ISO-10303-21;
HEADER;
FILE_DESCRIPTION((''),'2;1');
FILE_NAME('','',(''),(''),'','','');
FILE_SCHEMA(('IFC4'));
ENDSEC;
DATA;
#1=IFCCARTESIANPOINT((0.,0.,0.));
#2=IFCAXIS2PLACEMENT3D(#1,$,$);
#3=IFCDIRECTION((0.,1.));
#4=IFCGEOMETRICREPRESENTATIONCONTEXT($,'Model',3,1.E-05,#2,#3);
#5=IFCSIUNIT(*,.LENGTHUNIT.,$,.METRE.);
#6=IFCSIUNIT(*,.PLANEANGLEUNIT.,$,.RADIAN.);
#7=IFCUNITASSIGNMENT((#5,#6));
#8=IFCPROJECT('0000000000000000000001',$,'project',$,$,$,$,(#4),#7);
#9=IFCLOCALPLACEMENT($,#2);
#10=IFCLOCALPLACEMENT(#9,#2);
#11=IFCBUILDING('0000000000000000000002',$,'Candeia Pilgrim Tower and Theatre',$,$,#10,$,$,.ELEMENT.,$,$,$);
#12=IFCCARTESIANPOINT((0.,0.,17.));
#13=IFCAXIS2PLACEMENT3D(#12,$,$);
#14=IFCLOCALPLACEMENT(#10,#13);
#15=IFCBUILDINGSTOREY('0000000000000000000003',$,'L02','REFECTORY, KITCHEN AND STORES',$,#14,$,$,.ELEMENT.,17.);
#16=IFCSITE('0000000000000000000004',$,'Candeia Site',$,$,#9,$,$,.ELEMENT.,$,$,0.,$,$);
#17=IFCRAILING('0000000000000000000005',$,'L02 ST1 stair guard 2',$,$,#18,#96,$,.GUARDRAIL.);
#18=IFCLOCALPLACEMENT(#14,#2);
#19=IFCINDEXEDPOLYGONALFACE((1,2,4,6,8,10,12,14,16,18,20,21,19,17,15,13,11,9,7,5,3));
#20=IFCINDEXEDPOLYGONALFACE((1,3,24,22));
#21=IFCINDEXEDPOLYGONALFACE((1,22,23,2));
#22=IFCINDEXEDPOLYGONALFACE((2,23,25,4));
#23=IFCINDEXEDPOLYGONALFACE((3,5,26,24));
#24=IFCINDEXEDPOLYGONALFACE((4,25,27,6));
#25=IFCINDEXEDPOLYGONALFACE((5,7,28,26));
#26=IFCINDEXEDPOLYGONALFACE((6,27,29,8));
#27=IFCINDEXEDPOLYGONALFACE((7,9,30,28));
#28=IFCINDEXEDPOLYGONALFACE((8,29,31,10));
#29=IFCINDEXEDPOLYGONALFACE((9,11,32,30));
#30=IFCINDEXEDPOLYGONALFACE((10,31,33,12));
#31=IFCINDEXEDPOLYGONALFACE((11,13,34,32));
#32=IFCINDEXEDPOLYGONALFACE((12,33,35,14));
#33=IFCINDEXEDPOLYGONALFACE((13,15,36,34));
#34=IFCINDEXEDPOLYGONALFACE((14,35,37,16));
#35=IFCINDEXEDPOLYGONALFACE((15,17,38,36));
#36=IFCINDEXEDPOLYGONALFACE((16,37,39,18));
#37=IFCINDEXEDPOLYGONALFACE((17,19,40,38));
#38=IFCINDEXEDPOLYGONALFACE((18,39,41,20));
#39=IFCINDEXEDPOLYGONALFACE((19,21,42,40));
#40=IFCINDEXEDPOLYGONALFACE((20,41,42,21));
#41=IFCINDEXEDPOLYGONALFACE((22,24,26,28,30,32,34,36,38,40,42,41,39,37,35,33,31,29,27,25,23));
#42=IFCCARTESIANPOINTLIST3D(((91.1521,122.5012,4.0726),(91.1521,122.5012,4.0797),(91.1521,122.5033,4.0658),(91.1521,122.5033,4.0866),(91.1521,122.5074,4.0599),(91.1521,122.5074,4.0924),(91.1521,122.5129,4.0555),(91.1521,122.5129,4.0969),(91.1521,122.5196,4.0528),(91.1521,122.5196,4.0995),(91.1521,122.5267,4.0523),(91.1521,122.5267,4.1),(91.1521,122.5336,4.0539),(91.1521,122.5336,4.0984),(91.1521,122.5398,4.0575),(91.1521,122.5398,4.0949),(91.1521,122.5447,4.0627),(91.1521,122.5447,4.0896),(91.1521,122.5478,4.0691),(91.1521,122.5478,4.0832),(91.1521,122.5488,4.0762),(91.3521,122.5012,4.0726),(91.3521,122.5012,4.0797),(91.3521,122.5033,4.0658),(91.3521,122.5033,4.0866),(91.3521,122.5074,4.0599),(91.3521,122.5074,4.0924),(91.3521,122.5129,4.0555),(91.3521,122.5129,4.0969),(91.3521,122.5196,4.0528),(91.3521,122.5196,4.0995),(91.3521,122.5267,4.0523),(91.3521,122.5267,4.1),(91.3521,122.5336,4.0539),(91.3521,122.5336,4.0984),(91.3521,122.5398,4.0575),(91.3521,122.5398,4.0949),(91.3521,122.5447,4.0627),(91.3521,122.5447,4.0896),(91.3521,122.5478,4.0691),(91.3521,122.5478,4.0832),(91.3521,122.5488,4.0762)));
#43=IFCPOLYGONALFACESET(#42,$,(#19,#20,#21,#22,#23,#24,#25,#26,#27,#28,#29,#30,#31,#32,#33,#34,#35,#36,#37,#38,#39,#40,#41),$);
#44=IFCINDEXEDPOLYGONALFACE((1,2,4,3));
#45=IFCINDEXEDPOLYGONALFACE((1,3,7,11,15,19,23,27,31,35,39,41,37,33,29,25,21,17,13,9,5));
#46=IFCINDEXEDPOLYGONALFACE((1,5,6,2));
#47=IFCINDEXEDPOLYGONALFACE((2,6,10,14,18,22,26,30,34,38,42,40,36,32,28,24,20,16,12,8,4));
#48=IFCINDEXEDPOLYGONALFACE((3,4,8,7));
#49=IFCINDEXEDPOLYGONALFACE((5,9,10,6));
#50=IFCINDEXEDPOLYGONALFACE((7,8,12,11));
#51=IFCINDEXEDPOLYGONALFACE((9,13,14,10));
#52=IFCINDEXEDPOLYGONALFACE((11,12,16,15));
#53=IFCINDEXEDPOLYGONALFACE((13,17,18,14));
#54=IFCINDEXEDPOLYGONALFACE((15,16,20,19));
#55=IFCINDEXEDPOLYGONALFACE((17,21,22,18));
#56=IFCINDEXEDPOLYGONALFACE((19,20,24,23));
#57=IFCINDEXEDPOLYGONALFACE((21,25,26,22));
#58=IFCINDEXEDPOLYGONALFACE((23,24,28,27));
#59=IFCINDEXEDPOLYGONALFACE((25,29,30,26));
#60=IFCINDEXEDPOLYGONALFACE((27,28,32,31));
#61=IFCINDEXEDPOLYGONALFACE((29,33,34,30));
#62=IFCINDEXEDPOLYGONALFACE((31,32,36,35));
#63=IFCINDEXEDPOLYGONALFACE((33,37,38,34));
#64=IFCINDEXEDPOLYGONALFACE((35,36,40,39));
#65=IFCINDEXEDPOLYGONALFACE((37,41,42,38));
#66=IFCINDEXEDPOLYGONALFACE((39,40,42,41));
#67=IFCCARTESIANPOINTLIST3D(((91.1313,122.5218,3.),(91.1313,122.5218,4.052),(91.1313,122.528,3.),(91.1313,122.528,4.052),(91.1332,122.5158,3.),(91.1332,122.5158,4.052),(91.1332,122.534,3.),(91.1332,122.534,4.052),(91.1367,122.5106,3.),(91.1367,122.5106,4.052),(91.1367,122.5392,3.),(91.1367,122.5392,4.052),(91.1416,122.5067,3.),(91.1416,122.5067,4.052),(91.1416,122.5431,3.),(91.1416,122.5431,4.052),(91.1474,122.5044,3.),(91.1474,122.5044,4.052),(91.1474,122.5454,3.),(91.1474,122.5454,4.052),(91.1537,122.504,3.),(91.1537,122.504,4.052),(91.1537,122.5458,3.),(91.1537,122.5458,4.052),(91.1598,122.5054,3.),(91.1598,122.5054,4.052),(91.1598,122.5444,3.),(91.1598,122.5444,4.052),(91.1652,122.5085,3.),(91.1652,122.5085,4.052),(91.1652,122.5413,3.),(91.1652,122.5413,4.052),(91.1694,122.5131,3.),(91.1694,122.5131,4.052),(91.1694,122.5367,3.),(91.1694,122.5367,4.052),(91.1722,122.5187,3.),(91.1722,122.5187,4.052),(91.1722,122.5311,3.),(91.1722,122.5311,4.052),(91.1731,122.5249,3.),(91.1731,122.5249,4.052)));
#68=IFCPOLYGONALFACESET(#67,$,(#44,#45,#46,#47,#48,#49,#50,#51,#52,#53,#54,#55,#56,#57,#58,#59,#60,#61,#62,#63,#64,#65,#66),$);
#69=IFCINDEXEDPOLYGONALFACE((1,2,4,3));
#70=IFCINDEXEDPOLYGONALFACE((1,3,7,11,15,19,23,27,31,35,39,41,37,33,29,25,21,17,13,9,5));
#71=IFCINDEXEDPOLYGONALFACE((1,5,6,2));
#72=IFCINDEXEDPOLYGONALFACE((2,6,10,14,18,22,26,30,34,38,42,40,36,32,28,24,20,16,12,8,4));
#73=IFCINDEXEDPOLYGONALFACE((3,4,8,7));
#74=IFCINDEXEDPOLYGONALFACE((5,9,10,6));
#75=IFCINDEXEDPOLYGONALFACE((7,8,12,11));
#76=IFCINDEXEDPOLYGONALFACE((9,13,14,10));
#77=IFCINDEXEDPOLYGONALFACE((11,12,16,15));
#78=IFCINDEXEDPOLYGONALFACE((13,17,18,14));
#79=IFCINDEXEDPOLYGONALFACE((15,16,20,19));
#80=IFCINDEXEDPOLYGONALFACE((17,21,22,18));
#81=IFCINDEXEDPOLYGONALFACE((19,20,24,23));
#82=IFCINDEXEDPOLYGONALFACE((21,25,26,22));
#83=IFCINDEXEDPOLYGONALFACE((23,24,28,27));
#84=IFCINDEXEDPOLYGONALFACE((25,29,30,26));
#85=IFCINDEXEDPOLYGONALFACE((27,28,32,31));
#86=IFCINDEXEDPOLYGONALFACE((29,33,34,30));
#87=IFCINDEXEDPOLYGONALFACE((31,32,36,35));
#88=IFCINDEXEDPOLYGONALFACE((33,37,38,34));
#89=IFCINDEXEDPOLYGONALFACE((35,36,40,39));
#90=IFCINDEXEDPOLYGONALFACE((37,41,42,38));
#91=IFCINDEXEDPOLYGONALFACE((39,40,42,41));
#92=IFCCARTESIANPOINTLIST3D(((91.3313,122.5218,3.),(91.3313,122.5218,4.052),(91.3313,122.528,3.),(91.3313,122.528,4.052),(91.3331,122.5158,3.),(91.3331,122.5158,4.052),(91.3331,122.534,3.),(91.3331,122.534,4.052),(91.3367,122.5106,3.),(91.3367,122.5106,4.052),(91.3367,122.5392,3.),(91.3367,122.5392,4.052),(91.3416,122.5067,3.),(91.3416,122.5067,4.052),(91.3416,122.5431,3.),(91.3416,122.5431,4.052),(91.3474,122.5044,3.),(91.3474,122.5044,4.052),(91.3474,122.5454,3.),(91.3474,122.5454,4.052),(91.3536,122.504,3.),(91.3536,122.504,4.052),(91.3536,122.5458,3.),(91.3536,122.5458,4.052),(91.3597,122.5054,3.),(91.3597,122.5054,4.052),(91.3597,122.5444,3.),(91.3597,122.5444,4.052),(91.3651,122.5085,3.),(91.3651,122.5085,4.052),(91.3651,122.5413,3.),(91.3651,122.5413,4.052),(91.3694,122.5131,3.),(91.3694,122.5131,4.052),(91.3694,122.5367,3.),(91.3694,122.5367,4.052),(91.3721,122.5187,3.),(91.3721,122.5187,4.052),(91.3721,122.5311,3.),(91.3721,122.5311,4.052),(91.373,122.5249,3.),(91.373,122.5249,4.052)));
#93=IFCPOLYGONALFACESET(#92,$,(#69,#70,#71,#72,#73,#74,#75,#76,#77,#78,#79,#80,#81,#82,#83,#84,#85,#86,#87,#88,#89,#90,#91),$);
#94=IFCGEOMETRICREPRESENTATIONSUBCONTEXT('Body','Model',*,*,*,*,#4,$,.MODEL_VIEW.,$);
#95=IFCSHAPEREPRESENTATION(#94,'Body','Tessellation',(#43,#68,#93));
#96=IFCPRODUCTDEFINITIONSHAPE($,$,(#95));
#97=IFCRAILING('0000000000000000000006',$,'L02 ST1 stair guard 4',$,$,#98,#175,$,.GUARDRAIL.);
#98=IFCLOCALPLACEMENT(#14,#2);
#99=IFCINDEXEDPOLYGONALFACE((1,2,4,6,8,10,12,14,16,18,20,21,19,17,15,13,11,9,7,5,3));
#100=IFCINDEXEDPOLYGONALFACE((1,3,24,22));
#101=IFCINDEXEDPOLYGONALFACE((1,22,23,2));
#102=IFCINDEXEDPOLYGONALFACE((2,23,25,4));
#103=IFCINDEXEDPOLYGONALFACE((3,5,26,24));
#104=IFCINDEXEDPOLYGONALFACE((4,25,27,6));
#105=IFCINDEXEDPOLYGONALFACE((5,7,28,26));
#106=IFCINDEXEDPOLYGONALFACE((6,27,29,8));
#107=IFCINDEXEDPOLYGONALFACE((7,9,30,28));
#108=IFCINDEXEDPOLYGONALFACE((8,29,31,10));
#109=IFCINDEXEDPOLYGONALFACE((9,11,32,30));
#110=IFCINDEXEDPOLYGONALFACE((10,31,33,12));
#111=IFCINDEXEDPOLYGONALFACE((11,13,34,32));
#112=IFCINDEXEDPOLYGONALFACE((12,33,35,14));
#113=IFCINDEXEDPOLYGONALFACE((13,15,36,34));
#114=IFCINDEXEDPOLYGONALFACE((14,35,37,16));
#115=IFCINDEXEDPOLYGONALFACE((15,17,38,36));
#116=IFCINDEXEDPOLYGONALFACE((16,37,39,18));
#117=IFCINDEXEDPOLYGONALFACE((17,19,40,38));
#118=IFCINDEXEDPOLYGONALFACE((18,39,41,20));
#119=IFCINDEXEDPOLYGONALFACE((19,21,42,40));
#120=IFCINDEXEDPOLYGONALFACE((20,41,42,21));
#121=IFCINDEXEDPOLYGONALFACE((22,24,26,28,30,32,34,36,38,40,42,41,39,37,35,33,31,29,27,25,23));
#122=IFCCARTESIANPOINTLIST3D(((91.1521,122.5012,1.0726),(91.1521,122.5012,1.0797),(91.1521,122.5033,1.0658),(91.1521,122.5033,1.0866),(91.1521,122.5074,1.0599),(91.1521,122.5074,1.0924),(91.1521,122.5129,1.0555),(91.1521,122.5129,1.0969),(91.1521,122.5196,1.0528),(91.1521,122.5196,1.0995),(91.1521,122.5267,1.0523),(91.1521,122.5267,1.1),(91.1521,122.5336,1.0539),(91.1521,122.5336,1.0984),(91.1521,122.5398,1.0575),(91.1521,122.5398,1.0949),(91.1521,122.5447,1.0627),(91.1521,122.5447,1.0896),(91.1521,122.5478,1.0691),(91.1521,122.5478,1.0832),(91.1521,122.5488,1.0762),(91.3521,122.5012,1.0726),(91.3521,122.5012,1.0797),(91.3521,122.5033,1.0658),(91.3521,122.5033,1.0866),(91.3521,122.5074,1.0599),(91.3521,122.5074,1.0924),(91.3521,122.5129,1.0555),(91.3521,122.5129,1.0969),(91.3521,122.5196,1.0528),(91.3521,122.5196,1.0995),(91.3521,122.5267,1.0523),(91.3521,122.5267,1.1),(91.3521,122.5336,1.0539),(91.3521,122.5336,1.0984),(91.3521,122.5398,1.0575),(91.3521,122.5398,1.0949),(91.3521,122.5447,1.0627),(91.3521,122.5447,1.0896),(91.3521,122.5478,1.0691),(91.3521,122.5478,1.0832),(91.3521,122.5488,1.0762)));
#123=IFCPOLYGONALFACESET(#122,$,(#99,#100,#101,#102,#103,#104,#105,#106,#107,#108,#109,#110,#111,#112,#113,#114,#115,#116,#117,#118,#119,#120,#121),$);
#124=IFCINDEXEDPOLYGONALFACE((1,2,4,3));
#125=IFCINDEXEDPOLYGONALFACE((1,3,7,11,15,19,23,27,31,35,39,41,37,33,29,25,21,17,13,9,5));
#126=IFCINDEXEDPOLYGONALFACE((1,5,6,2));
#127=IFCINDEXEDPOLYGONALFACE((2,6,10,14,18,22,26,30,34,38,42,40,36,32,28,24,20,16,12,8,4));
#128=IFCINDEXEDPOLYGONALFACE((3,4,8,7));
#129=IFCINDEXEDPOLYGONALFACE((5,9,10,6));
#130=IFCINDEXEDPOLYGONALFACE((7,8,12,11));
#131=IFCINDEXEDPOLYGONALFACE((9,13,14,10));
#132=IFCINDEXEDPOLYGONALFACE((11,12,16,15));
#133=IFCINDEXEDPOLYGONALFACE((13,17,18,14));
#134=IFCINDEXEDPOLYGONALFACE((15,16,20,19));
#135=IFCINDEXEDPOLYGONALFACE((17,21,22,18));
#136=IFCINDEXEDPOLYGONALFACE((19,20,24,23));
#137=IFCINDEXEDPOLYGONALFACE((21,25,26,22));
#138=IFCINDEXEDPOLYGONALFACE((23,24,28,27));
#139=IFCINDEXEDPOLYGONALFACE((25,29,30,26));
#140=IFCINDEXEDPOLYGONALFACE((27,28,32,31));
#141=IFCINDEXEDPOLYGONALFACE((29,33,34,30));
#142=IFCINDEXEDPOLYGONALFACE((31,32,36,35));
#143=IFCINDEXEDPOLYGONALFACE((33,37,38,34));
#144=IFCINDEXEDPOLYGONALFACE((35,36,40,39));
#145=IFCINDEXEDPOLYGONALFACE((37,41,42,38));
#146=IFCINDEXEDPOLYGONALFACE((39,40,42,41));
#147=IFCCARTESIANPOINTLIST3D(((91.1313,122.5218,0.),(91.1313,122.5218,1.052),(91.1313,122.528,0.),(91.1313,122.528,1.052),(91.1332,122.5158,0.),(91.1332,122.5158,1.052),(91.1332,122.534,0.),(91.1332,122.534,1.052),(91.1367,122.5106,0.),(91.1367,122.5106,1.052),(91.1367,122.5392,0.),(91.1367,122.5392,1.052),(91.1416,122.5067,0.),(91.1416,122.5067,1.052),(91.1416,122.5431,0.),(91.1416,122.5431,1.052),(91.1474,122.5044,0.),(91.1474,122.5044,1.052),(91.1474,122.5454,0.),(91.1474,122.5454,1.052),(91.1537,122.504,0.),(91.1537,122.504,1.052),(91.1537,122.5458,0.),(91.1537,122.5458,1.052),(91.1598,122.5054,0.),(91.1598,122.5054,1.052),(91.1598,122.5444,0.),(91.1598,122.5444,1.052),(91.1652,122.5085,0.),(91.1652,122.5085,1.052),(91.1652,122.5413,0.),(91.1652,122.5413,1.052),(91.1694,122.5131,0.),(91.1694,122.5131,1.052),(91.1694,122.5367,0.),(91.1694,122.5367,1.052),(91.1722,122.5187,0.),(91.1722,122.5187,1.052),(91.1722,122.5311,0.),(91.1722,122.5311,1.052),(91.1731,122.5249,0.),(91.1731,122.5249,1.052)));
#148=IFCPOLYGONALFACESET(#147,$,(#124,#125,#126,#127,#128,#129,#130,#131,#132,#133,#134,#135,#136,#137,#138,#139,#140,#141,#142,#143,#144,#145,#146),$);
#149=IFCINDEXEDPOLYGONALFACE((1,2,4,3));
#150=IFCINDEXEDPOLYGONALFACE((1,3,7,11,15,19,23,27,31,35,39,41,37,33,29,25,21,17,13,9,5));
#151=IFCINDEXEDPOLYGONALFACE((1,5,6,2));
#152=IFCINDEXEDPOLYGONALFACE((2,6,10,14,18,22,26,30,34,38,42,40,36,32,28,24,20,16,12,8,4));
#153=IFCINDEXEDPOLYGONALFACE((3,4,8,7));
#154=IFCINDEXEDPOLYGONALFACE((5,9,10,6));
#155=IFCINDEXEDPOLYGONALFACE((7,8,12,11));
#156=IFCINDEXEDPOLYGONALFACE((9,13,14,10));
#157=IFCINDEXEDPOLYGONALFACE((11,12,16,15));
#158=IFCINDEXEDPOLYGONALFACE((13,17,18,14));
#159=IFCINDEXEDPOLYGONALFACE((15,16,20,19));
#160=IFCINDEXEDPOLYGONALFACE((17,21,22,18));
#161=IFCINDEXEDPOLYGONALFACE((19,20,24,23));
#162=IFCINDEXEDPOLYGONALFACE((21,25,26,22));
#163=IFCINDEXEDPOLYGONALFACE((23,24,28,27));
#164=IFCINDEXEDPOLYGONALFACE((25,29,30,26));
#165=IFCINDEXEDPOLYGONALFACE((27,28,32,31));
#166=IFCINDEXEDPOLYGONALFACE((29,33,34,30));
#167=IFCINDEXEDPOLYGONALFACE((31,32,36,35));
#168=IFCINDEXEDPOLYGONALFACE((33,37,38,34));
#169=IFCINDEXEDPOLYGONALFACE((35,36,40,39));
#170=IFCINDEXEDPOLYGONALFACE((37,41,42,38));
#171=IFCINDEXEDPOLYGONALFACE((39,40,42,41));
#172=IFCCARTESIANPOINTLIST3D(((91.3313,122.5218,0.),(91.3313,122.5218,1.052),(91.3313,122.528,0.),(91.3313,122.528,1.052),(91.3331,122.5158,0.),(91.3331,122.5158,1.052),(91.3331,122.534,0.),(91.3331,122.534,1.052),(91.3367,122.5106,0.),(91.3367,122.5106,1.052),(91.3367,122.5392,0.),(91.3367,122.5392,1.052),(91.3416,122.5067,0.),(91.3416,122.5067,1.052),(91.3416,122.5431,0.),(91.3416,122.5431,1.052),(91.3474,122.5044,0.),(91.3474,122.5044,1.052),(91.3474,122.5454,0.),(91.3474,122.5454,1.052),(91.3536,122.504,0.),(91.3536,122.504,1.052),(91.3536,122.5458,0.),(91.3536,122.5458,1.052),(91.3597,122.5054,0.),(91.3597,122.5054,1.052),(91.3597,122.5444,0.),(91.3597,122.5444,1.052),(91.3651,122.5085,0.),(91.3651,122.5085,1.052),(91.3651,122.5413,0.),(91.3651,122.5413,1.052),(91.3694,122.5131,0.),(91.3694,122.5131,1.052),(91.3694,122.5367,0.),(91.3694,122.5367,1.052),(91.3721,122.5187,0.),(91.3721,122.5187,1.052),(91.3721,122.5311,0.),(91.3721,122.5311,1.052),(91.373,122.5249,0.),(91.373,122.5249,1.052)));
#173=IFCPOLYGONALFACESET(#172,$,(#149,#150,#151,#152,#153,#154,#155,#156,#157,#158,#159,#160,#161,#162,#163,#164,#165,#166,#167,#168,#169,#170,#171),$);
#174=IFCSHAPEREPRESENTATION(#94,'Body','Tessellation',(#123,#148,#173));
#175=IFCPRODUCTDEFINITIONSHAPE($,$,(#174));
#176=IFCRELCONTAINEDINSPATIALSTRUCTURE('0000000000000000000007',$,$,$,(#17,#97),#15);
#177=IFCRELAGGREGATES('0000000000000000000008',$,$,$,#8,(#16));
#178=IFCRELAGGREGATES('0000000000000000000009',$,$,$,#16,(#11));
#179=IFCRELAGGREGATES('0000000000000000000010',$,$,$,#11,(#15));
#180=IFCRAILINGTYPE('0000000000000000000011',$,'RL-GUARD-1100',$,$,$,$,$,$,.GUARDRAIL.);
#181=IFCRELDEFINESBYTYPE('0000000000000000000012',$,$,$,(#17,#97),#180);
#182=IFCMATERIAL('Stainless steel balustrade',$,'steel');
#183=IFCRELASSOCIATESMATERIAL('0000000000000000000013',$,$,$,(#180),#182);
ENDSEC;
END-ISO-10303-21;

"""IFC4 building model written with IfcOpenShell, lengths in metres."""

from ifc_helpers import new_model, si_unit, direction, frame, origin, origin_2d, place, context, subcontext, project, spatial, circle, extrude, material, type_object, element, save


model = new_model("IFC4")

# Units and contexts
model_context = context("Model", 3, precision=1e-05, world=origin(), true_north=direction((0.0, 1.0)))
body_context = subcontext(model_context, "Body", "Model", "MODEL_VIEW")
ifc_project = project(units=[si_unit("LENGTHUNIT", "METRE"), si_unit("PLANEANGLEUNIT", "RADIAN")], contexts=[model_context])

# Site, building, storey
site_placement = place(None, origin())
site = spatial("IfcSite", under=ifc_project, at=site_placement, Name="Candeia Site", CompositionType="ELEMENT", RefElevation=0.0)
building_placement = place(site_placement, origin())
building = spatial("IfcBuilding", under=site, at=building_placement, Name="Candeia Pilgrim Tower and Theatre", CompositionType="ELEMENT")
storey_placement = place(building_placement, frame((0.0, 0.0, 17.0)))
storey = spatial("IfcBuildingStorey", under=building, at=storey_placement, Name="L02", Description="REFECTORY, KITCHEN AND STORES", CompositionType="ELEMENT", Elevation=17.0)

# Railings
ifc_material_1 = material(Name="Stainless steel balustrade", Category="steel")
railing_type_1 = type_object("IfcRailingType", Name="RL-GUARD-1100", PredefinedType="GUARDRAIL", material=ifc_material_1)
railing_1_placement = place(storey_placement, frame((91.1521, 122.5249, 3.0)))
element("IfcRailing", 1, at=railing_1_placement, inside=storey, type_object=railing_type_1, Name="L02 ST1 stair guard 2", PredefinedType="GUARDRAIL", context=body_context, shape_type="SweptSolid", body=[
    extrude(circle(Radius=0.0239, at=origin_2d()), frame((0.0, 0.0, 1.0762), z_axis=(1.0, 0.0, 0.0), x_axis=(0.0, 1.0, 0.0)), (0.0, 0.0, 1.0), 0.2),
    extrude(circle(Radius=0.021, at=origin_2d()), origin(), (0.0, 0.0, 1.0), 1.052),
    extrude(circle(Radius=0.021, at=origin_2d()), frame((0.2, 0.0, 0.0)), (0.0, 0.0, 1.0), 1.052),
])
railing_2_placement = place(storey_placement, frame((91.1521, 122.5249, 0.0)))
element("IfcRailing", 2, at=railing_2_placement, inside=storey, type_object=railing_type_1, Name="L02 ST1 stair guard 4", PredefinedType="GUARDRAIL", context=body_context, shape_type="SweptSolid", body=[
    extrude(circle(Radius=0.0239, at=origin_2d()), frame((0.0, 0.0, 1.0762), z_axis=(1.0, 0.0, 0.0), x_axis=(0.0, 1.0, 0.0)), (0.0, 0.0, 1.0), 0.2),
    extrude(circle(Radius=0.021, at=origin_2d()), origin(), (0.0, 0.0, 1.0), 1.052),
    extrude(circle(Radius=0.021, at=origin_2d()), frame((0.2, 0.0, 0.0)), (0.0, 0.0, 1.0), 1.052),
])

save(model, "model.ifc")
